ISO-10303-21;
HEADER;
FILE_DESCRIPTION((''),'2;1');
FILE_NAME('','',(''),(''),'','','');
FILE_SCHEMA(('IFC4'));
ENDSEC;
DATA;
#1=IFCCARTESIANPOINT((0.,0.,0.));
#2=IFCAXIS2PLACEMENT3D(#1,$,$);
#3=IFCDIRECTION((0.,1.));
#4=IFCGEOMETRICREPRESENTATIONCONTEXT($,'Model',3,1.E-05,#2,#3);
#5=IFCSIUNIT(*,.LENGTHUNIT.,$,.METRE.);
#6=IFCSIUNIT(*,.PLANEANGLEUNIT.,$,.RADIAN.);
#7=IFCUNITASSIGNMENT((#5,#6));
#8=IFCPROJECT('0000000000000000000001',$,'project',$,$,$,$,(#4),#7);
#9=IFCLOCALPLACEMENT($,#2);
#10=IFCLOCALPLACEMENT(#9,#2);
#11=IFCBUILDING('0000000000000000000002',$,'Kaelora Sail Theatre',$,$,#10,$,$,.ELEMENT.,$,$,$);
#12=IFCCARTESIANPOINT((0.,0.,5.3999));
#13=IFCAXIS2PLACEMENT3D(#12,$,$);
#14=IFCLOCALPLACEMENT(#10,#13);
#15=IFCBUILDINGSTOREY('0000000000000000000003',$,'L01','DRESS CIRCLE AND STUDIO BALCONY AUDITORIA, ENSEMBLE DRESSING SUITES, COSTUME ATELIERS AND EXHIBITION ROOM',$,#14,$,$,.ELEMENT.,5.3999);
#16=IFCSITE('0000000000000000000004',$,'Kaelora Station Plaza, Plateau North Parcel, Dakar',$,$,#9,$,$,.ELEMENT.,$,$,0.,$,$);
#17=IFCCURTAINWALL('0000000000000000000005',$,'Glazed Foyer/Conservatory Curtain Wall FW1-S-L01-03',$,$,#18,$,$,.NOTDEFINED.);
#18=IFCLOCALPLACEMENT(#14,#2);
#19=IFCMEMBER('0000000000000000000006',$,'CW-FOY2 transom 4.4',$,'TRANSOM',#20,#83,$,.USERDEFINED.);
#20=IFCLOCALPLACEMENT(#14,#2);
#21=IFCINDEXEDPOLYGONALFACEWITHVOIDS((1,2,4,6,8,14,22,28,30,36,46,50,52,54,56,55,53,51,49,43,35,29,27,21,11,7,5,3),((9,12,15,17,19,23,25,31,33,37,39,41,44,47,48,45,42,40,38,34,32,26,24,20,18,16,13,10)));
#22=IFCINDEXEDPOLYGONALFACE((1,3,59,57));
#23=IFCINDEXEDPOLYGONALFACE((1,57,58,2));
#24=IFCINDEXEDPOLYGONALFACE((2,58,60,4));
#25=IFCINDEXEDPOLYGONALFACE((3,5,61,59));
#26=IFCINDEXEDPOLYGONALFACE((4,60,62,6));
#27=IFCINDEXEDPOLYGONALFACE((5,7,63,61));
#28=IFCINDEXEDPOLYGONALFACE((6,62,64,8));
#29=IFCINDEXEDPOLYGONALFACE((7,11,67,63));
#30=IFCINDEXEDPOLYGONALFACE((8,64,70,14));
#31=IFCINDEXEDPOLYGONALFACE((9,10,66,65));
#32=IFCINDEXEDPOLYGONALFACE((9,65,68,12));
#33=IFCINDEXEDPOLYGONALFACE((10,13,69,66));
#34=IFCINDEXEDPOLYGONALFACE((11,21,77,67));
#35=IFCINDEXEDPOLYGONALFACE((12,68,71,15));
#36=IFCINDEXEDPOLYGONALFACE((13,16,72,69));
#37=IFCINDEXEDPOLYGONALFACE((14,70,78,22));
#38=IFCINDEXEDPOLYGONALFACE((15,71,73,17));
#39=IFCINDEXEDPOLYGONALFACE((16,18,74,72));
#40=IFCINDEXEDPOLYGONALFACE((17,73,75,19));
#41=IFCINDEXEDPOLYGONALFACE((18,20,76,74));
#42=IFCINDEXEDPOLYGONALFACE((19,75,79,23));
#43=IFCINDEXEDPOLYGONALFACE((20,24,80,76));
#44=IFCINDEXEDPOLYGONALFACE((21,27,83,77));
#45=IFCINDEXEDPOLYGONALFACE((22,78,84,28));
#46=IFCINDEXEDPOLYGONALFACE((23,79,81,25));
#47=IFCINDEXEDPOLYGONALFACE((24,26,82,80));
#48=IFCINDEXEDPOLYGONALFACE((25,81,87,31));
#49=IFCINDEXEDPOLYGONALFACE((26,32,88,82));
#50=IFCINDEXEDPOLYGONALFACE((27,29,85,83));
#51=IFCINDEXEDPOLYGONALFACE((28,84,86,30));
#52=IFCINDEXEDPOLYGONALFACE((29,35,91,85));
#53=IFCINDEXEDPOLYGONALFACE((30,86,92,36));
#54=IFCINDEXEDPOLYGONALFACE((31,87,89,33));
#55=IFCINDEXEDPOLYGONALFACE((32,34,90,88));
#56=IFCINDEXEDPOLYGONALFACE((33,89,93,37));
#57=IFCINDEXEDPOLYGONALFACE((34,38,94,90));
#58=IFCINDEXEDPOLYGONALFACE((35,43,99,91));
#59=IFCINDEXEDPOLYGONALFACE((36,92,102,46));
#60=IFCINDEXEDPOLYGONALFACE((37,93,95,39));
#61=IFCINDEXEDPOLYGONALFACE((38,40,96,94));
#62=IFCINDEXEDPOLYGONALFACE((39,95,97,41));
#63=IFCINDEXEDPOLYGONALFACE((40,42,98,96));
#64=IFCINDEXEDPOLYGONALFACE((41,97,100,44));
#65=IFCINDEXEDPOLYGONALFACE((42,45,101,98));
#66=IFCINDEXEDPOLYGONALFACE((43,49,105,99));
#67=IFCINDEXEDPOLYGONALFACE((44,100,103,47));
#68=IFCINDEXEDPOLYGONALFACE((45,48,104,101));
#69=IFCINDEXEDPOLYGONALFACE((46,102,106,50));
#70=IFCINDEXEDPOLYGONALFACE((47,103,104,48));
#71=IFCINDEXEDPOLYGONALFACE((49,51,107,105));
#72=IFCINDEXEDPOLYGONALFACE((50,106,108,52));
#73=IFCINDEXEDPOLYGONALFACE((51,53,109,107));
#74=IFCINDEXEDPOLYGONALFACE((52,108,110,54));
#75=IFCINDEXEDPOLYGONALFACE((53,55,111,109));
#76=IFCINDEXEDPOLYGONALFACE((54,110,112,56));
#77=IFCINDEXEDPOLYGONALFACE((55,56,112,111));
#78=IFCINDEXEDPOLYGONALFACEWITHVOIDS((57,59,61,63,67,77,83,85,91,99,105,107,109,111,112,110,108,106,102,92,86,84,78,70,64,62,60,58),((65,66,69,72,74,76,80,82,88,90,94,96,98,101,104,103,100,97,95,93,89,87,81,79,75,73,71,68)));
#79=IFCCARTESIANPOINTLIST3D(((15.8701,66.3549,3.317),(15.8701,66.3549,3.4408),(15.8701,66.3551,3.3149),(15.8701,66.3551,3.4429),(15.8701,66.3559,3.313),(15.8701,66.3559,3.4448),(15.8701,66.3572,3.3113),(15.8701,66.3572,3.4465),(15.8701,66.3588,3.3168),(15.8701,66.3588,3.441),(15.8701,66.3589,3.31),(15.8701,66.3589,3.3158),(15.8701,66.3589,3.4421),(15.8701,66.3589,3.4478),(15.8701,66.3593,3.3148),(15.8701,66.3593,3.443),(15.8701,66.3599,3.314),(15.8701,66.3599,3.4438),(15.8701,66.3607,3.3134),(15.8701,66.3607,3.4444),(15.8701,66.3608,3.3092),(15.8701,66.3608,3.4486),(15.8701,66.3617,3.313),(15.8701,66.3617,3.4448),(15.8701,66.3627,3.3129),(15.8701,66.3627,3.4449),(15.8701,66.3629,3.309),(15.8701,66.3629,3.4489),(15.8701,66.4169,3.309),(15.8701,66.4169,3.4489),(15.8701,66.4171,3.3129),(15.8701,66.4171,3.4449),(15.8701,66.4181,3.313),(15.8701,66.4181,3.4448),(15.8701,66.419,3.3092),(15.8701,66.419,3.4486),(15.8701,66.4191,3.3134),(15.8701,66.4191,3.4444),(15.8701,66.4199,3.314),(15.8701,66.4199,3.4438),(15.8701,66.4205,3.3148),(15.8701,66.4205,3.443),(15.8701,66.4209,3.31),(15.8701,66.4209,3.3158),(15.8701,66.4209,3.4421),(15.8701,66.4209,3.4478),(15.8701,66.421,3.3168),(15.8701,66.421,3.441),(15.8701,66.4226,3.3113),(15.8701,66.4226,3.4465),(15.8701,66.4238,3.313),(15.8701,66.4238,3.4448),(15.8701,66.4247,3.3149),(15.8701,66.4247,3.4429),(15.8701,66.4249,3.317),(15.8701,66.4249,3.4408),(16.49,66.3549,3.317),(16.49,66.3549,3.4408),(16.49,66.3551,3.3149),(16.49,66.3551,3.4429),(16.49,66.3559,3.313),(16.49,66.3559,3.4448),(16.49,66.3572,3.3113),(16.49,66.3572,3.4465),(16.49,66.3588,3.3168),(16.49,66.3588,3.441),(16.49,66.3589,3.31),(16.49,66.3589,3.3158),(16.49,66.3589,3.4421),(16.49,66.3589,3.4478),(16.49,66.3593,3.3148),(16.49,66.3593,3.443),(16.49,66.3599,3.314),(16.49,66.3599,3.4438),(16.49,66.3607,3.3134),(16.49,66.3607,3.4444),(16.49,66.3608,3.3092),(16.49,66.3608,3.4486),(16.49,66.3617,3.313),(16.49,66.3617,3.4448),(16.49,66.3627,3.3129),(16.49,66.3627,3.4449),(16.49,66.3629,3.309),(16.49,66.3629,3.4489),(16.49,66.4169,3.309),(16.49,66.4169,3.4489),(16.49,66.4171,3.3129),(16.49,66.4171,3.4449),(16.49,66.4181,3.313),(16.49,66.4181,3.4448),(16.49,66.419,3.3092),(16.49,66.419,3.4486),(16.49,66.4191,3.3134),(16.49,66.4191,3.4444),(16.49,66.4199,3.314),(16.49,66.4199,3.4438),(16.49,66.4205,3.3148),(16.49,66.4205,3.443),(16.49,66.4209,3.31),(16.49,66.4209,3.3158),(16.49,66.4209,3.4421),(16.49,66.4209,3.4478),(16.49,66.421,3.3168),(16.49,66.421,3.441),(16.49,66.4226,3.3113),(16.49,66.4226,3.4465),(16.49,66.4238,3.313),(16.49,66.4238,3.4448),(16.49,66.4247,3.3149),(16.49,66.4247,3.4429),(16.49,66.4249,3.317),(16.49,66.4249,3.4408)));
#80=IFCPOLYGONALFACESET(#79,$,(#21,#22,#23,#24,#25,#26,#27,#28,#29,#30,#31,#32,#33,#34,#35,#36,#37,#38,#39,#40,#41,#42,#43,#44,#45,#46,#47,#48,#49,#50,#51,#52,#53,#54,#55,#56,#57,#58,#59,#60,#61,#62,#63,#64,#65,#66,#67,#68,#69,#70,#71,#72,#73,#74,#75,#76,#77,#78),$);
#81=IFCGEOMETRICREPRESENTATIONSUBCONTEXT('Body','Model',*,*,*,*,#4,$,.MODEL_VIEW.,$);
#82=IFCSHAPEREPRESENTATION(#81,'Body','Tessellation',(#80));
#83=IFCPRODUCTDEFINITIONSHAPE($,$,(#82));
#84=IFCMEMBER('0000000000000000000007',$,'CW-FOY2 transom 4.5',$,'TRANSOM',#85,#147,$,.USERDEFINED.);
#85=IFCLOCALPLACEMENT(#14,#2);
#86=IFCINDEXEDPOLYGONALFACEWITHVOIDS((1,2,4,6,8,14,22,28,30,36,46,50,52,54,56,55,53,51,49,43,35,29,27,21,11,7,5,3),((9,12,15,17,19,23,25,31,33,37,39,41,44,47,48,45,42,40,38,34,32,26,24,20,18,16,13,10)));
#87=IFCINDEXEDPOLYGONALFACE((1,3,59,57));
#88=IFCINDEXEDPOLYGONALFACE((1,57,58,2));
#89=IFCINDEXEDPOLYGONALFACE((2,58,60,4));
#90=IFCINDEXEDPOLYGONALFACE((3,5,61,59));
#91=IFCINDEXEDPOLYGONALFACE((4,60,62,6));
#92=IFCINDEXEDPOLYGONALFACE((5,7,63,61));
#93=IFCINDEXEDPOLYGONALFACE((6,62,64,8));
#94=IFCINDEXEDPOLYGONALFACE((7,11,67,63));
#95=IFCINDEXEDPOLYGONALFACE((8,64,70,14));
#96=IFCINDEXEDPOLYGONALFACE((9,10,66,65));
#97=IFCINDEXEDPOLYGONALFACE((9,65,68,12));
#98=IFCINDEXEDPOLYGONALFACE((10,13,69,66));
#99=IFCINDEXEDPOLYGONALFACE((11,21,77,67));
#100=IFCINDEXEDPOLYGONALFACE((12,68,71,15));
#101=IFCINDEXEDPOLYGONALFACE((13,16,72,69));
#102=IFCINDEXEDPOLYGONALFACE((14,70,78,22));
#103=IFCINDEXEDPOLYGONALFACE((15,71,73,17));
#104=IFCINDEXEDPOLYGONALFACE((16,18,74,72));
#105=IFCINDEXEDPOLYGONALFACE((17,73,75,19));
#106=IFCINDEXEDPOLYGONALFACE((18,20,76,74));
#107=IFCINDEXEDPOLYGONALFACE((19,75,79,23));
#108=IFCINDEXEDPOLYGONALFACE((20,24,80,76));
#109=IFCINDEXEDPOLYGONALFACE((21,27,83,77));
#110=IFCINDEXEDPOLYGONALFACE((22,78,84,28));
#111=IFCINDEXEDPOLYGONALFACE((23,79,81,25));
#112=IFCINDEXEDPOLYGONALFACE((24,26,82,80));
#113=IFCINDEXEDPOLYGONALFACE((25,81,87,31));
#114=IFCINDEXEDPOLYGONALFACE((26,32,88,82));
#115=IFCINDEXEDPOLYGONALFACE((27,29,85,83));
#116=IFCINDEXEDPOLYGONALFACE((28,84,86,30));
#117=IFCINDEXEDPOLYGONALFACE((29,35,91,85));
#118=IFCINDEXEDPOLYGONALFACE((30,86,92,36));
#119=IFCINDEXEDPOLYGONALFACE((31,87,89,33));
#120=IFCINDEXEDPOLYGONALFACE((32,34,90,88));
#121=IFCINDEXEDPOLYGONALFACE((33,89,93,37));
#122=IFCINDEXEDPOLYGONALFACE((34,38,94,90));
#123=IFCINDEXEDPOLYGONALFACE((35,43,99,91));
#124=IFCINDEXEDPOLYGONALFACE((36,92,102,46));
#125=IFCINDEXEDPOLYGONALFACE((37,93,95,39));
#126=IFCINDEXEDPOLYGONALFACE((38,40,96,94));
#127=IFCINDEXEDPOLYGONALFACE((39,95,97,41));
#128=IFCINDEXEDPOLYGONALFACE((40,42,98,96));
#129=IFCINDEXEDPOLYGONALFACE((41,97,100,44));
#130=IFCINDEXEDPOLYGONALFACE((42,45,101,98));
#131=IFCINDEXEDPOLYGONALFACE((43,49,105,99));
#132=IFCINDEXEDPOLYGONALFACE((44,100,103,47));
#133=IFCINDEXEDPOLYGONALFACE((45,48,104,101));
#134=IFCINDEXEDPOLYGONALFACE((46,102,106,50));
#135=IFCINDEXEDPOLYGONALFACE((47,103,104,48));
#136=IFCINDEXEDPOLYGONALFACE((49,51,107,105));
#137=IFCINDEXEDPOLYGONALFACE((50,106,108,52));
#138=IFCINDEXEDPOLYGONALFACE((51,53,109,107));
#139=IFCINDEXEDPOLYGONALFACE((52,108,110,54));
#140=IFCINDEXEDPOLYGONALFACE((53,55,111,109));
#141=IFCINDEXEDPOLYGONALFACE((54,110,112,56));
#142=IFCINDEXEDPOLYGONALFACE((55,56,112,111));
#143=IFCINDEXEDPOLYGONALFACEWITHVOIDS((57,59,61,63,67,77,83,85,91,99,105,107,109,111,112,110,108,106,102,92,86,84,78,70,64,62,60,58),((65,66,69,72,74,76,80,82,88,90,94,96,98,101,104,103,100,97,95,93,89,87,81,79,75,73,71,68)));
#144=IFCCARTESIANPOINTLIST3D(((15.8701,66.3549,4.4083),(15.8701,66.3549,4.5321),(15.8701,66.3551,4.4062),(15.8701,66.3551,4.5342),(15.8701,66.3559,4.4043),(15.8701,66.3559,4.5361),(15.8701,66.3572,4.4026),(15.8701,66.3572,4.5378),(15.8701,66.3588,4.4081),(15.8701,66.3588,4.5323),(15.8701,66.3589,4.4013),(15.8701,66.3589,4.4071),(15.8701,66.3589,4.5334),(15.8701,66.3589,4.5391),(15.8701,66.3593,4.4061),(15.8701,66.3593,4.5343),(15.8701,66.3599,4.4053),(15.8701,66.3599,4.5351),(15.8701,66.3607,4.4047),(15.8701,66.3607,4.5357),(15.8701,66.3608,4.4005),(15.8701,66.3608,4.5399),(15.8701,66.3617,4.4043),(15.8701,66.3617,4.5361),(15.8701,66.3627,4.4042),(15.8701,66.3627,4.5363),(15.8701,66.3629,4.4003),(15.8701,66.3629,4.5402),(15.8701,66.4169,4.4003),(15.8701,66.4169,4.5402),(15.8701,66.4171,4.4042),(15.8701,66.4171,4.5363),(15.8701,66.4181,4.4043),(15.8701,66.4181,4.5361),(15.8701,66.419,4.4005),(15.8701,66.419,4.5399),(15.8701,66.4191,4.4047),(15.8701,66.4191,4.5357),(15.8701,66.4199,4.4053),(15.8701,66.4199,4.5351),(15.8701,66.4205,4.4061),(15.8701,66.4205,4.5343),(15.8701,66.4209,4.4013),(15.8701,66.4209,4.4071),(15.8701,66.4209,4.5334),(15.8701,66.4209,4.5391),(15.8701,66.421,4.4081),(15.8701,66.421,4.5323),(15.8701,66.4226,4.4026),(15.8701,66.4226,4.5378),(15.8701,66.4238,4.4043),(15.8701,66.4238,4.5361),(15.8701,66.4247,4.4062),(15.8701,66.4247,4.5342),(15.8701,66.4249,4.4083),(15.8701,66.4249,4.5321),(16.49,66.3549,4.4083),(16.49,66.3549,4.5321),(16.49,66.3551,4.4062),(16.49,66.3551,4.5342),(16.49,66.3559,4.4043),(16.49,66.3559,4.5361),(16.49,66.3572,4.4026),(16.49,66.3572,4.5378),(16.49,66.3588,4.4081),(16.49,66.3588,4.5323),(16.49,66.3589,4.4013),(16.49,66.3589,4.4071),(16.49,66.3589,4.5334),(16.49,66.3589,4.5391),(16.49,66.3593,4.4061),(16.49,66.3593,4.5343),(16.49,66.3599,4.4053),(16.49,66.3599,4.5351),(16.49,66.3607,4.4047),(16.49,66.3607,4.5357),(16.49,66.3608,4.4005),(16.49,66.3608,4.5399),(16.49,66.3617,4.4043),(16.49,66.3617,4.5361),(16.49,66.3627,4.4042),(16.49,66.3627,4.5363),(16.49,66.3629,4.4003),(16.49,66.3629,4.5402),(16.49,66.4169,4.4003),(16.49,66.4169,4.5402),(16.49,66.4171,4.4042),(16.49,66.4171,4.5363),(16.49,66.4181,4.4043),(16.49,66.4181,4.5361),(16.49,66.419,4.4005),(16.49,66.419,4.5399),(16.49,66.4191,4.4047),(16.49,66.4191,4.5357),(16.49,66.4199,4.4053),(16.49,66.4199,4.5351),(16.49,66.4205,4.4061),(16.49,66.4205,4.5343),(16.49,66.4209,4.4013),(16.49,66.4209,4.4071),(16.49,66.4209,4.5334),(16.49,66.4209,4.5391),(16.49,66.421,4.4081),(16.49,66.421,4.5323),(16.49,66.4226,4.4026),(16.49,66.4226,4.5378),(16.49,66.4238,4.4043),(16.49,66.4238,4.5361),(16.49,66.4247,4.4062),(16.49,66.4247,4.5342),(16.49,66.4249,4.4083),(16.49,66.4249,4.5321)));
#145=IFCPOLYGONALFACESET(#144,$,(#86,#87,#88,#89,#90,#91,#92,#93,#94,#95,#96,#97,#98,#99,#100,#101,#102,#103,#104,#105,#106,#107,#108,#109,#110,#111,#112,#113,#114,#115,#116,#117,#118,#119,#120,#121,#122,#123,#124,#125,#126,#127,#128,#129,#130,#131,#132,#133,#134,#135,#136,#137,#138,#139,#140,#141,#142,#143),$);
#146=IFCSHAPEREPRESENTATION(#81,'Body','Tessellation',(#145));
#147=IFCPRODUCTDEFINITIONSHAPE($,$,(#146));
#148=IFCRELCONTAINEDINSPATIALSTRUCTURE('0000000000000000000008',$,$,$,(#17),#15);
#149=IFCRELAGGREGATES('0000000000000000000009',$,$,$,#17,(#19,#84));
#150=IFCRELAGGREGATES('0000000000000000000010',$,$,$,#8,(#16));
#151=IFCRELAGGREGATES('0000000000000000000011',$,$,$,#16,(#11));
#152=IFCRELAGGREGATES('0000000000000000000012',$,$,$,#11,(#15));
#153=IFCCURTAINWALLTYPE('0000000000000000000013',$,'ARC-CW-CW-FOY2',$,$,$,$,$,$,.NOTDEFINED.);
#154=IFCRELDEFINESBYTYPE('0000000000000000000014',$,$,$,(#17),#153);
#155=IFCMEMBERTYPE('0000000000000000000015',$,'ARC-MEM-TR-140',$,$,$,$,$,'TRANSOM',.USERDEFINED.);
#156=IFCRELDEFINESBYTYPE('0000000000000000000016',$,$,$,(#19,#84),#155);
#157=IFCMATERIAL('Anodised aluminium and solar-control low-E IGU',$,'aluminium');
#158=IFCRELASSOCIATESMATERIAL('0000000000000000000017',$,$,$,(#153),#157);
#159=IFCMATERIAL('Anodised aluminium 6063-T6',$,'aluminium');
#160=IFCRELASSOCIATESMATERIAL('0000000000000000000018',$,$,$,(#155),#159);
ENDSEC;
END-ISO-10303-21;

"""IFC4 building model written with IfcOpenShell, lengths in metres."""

from ifc_helpers import new_model, si_unit, direction, frame, origin, origin_2d, place, context, subcontext, project, spatial, hollow_rectangle, extrude, material, material_profile, profile_set, type_object, element, aggregate, save


model = new_model("IFC4")

# Units and contexts
model_context = context("Model", 3, precision=1e-05, world=origin(), true_north=direction((0.0, 1.0)))
body_context = subcontext(model_context, "Body", "Model", "MODEL_VIEW")
ifc_project = project(units=[si_unit("LENGTHUNIT", "METRE"), si_unit("PLANEANGLEUNIT", "RADIAN")], contexts=[model_context])

# Site, building, storey
site_placement = place(None, origin())
site = spatial("IfcSite", under=ifc_project, at=site_placement, Name="Kaelora Station Plaza, Plateau North Parcel, Dakar", CompositionType="ELEMENT", RefElevation=0.0)
building_placement = place(site_placement, origin())
building = spatial("IfcBuilding", under=site, at=building_placement, Name="Kaelora Sail Theatre", CompositionType="ELEMENT")
storey_placement = place(building_placement, frame((0.0, 0.0, 5.3999)))
storey = spatial("IfcBuildingStorey", under=building, at=storey_placement, Name="L01", Description="DRESS CIRCLE AND STUDIO BALCONY AUDITORIA, ENSEMBLE DRESSING SUITES, COSTUME ATELIERS AND EXHIBITION ROOM", CompositionType="ELEMENT", Elevation=5.3999)

# Curtain wall, members
ifc_material_1 = material(Name="Anodised aluminium and solar-control low-E IGU", Category="aluminium")
curtain_wall_type = type_object("IfcCurtainWallType", Name="ARC-CW-CW-FOY2", PredefinedType="NOTDEFINED", material=ifc_material_1)
curtain_wall_1_placement = place(storey_placement, origin())
curtain_wall_1 = element("IfcCurtainWall", 1, at=curtain_wall_1_placement, inside=storey, type_object=curtain_wall_type, Name="Glazed Foyer/Conservatory Curtain Wall FW1-S-L01-03", PredefinedType="NOTDEFINED")
ifc_material_2 = material(Name="Anodised aluminium 6063-T6", Category="aluminium")
ifc_material_profile = material_profile(ifc_material_2, hollow_rectangle(XDim=0.0701, YDim=0.1399, WallThickness=0.0039, InnerFilletRadius=0.0039, OuterFilletRadius=0.0081, at=origin_2d()), Name="ALU-TRAN 70x140x4")
ifc_profile_set = profile_set([ifc_material_profile], Name="Anodised aluminium 6063-T6")
member_type = type_object("IfcMemberType", Name="ARC-MEM-TR-140", ElementType="TRANSOM", PredefinedType="USERDEFINED", material=ifc_profile_set)
member_1_placement = place(storey_placement, frame((15.8701, 66.3899, 3.3789), z_axis=(1.0, 0.0, 0.0), x_axis=(0.0, 1.0, 0.0)))
member_1 = element("IfcMember", 2, at=member_1_placement, type_object=member_type, Name="CW-FOY2 transom 4.4", ObjectType="TRANSOM", PredefinedType="USERDEFINED", context=body_context, shape_type="SweptSolid", body=[
    extrude(hollow_rectangle(XDim=0.0701, YDim=0.1399, WallThickness=0.0039, InnerFilletRadius=0.0039, OuterFilletRadius=0.0081, at=origin_2d()), origin(), (0.0, 0.0, 1.0), 0.6199),
])
member_2_placement = place(storey_placement, frame((15.8701, 66.3899, 4.4702), z_axis=(1.0, 0.0, 0.0), x_axis=(0.0, 1.0, 0.0)))
member_2 = element("IfcMember", 3, at=member_2_placement, type_object=member_type, Name="CW-FOY2 transom 4.5", ObjectType="TRANSOM", PredefinedType="USERDEFINED", context=body_context, shape_type="SweptSolid", body=[
    extrude(hollow_rectangle(XDim=0.0701, YDim=0.1399, WallThickness=0.0039, InnerFilletRadius=0.0039, OuterFilletRadius=0.0081, at=origin_2d()), origin(), (0.0, 0.0, 1.0), 0.6199),
])

aggregate(curtain_wall_1, [member_1, member_2])

save(model, "model.ifc")
